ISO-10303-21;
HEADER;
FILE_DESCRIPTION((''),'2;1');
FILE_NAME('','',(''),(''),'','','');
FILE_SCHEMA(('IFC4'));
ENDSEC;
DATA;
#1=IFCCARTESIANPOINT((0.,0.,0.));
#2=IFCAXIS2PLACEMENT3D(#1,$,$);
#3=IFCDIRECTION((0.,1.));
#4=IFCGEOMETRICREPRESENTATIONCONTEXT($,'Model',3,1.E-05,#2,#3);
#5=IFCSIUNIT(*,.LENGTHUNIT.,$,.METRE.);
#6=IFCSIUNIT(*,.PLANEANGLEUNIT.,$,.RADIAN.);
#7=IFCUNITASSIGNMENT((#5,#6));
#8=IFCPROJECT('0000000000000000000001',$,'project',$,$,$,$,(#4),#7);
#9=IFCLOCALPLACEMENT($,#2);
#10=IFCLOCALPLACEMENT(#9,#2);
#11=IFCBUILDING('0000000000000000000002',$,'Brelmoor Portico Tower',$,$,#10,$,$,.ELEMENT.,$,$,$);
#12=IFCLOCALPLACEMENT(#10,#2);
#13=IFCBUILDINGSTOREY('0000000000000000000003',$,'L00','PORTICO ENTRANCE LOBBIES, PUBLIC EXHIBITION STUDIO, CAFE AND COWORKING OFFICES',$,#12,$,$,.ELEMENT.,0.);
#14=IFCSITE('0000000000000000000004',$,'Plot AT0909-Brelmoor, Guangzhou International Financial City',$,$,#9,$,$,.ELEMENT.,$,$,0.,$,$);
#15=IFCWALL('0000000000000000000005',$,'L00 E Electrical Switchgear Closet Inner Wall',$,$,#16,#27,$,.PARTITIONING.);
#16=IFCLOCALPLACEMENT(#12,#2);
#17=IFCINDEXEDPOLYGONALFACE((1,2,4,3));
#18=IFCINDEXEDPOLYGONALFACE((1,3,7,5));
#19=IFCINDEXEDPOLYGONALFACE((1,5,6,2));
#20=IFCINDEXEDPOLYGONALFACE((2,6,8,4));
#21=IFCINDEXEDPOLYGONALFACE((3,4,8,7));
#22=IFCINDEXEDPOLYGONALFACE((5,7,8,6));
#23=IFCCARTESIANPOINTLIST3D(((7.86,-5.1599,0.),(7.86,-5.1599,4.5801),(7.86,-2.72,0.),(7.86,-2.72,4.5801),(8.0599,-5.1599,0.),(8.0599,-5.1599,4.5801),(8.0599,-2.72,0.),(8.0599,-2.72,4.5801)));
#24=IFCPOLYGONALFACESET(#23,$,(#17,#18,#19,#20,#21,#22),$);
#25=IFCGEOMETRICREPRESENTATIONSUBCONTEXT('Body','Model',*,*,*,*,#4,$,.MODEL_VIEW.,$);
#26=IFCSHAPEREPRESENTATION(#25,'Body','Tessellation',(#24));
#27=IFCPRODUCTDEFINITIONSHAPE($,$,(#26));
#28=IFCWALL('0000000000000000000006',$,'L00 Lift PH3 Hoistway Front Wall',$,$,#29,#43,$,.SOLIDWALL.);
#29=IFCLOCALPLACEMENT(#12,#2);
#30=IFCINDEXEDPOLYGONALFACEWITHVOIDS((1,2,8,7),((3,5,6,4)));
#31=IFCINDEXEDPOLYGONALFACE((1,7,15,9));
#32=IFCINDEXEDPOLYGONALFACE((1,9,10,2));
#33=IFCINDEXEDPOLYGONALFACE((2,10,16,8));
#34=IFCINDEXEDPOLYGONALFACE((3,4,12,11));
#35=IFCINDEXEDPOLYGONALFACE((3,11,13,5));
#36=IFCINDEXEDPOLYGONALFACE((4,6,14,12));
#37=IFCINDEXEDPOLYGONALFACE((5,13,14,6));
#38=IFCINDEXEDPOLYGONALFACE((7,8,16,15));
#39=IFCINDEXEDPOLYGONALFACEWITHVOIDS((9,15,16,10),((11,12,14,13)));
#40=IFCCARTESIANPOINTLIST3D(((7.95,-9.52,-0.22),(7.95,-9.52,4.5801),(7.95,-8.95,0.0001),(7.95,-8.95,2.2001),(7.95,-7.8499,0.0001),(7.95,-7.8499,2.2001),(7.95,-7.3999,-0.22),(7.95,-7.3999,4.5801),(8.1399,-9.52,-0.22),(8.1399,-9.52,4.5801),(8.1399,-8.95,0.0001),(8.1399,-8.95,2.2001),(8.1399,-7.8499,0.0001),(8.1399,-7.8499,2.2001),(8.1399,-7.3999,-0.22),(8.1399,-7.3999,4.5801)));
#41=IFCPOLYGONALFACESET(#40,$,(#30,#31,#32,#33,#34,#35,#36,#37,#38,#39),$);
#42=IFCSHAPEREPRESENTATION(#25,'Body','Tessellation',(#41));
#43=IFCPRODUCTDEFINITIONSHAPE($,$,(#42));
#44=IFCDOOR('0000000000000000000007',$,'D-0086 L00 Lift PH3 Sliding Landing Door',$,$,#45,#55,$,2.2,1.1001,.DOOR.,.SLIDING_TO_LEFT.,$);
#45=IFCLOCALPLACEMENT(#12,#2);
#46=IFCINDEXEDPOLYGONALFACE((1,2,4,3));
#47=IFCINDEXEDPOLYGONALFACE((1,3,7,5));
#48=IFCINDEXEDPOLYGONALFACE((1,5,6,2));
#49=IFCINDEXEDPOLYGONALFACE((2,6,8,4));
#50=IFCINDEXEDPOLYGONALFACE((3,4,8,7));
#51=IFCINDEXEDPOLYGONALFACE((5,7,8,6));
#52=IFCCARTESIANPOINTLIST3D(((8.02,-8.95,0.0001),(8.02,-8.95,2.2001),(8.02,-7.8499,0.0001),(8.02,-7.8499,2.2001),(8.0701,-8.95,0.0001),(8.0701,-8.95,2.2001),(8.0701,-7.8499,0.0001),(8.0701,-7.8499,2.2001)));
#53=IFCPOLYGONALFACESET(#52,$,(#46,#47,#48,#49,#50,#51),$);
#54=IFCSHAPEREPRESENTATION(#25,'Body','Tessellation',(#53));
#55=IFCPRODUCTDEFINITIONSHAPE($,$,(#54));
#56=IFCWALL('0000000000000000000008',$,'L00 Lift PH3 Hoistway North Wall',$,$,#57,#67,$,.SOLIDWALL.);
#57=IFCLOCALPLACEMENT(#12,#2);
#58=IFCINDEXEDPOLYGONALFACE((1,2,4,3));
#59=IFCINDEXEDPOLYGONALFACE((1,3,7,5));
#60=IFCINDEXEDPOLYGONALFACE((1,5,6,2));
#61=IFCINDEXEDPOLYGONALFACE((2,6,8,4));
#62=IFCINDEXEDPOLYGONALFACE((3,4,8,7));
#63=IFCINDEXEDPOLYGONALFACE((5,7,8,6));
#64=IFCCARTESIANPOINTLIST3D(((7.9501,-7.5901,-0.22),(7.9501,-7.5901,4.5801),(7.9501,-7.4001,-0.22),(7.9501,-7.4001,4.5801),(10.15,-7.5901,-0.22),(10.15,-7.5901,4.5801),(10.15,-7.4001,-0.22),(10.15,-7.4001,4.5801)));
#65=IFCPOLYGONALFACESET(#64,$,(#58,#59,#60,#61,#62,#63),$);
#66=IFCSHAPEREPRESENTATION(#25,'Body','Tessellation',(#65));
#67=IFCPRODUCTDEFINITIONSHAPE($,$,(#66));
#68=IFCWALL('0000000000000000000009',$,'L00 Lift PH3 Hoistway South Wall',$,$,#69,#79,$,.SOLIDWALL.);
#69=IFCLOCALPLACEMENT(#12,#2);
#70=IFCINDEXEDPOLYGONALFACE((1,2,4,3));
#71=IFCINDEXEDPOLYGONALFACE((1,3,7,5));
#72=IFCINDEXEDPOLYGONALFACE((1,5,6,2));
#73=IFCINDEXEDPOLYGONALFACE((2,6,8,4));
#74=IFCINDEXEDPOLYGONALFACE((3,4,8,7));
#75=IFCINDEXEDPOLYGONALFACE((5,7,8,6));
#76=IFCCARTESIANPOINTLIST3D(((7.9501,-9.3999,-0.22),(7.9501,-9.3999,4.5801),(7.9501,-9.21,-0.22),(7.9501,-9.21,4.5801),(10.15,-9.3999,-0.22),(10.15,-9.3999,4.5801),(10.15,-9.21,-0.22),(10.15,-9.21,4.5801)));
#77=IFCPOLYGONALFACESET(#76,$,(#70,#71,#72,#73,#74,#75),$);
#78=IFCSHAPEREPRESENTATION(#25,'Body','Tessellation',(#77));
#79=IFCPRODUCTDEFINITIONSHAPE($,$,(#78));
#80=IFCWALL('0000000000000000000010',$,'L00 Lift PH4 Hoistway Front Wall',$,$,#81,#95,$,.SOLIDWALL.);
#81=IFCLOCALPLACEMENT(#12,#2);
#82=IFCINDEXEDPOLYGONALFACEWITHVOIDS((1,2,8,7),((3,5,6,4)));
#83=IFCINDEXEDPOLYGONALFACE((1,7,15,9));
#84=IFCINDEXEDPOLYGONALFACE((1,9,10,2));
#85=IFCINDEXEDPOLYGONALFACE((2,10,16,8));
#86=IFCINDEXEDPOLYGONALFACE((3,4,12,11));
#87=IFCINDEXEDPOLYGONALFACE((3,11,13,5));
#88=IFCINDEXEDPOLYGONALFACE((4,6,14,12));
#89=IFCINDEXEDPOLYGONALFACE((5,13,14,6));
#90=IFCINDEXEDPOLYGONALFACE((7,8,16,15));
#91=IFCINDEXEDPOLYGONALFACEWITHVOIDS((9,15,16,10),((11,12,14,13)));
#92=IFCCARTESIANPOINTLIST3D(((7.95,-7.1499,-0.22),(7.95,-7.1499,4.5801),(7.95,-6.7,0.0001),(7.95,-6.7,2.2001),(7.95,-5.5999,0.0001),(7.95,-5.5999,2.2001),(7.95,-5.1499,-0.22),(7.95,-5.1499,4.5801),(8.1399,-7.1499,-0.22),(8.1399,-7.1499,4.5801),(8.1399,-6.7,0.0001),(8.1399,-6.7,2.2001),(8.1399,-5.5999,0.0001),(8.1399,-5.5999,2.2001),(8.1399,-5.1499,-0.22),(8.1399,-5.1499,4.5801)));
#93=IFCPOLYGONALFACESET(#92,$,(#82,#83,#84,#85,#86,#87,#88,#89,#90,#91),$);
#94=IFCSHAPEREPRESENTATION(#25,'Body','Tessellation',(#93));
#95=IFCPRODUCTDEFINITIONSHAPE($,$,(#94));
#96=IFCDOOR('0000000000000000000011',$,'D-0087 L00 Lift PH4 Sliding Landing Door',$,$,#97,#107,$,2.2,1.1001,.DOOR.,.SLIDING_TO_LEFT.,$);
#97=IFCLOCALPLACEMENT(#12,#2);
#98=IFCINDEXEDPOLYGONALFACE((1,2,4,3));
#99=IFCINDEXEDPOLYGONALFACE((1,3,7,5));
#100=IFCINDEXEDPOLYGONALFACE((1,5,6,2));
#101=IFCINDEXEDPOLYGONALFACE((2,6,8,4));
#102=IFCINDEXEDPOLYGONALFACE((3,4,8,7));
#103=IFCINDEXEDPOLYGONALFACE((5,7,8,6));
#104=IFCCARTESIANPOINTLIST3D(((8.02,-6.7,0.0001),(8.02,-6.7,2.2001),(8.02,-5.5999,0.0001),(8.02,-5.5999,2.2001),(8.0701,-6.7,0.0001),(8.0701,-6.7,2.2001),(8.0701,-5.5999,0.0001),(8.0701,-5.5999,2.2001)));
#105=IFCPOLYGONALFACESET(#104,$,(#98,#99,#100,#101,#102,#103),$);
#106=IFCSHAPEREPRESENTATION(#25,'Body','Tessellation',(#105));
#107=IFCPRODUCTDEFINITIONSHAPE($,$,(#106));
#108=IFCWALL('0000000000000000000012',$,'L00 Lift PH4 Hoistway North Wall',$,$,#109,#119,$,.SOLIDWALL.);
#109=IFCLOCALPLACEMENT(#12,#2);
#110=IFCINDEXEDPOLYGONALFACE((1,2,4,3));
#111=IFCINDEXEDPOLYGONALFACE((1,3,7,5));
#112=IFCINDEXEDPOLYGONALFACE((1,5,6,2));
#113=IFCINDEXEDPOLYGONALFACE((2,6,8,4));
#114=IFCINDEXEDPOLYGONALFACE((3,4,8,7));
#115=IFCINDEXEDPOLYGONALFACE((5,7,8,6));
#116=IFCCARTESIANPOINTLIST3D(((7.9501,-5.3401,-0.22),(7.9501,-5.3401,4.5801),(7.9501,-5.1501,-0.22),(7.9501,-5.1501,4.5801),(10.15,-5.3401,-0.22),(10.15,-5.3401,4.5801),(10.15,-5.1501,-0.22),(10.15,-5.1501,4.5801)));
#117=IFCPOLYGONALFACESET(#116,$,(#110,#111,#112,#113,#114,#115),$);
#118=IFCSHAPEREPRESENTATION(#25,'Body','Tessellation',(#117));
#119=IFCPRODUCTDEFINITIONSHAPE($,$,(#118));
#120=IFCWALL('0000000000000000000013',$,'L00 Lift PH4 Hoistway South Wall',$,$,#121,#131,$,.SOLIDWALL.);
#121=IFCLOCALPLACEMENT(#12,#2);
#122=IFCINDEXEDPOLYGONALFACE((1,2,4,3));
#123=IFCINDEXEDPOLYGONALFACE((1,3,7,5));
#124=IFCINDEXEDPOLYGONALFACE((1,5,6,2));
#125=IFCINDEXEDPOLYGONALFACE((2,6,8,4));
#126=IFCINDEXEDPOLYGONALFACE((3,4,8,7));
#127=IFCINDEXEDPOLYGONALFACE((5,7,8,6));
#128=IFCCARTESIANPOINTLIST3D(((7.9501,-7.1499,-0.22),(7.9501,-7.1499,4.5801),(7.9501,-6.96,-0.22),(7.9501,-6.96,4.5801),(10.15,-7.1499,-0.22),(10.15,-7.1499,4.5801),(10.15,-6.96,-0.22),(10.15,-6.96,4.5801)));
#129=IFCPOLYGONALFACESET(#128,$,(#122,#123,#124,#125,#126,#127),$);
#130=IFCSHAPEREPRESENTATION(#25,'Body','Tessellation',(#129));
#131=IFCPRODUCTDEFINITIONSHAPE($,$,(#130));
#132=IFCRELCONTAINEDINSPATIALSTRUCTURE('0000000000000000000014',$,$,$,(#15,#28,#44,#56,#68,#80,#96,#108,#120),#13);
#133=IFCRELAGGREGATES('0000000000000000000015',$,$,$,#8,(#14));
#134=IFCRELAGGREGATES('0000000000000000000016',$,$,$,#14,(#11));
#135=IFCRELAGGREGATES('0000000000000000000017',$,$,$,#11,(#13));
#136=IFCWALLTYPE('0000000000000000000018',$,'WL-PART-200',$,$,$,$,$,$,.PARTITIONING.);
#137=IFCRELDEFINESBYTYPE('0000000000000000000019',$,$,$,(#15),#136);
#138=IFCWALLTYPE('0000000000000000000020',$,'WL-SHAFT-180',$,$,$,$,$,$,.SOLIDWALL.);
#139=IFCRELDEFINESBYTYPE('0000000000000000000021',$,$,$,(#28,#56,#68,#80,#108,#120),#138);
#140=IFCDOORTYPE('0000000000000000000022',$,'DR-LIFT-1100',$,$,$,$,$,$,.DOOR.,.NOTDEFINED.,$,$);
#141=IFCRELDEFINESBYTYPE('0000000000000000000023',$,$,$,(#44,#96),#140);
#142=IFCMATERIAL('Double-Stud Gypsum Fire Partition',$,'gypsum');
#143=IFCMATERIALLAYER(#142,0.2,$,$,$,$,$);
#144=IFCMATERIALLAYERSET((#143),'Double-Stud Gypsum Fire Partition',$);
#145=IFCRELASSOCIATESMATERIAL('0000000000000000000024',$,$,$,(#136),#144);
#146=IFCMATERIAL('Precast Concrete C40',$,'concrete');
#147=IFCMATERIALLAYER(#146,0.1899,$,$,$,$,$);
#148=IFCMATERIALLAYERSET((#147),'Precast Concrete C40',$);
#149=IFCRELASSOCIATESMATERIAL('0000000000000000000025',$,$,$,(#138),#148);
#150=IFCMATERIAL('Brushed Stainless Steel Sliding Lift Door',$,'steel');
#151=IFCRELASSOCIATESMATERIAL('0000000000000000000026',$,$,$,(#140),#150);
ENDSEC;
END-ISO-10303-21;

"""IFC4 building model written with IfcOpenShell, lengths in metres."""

from ifc_helpers import new_model, si_unit, direction, frame, frame_2d, origin, place, context, subcontext, project, spatial, rectangle, extrude, material, layer, layer_set, type_object, element, fill, save


model = new_model("IFC4")

# Units and contexts
model_context = context("Model", 3, precision=1e-05, world=origin(), true_north=direction((0.0, 1.0)))
body_context = subcontext(model_context, "Body", "Model", "MODEL_VIEW")
ifc_project = project(units=[si_unit("LENGTHUNIT", "METRE"), si_unit("PLANEANGLEUNIT", "RADIAN")], contexts=[model_context])

# Site, building, storey
site_placement = place(None, origin())
site = spatial("IfcSite", under=ifc_project, at=site_placement, Name="Plot AT0909-Brelmoor, Guangzhou International Financial City", CompositionType="ELEMENT", RefElevation=0.0)
building_placement = place(site_placement, origin())
building = spatial("IfcBuilding", under=site, at=building_placement, Name="Brelmoor Portico Tower", CompositionType="ELEMENT")
storey_placement = place(building_placement, origin())
storey = spatial("IfcBuildingStorey", under=building, at=storey_placement, Name="L00", Description="PORTICO ENTRANCE LOBBIES, PUBLIC EXHIBITION STUDIO, CAFE AND COWORKING OFFICES", CompositionType="ELEMENT", Elevation=0.0)

# Shared definitions
ifc_material_1 = material(Name="Double-Stud Gypsum Fire Partition", Category="gypsum")
ifc_layer_1 = layer(ifc_material_1, 0.2)
ifc_layer_set_1 = layer_set([ifc_layer_1], Name="Double-Stud Gypsum Fire Partition")
wall_type_1 = type_object("IfcWallType", Name="WL-PART-200", PredefinedType="PARTITIONING", material=ifc_layer_set_1)

# Wall
wall_1_placement = place(storey_placement, frame((7.96, -5.1599, 0.0), z_axis=(0.0, 0.0, 1.0), x_axis=(0.0, 1.0, 0.0)))
element("IfcWall", 1, at=wall_1_placement, inside=storey, type_object=wall_type_1, Name="L00 E Electrical Switchgear Closet Inner Wall", PredefinedType="PARTITIONING", context=body_context, shape_type="SweptSolid", body=[
    extrude(rectangle(XDim=2.4399, YDim=0.2, at=frame_2d((1.22, 0.0))), origin(), (0.0, 0.0, 1.0), 4.5801),
])

# Wall, opening, door
ifc_material_2 = material(Name="Precast Concrete C40", Category="concrete")
ifc_layer_2 = layer(ifc_material_2, 0.1899)
ifc_layer_set_2 = layer_set([ifc_layer_2], Name="Precast Concrete C40")
wall_type_2 = type_object("IfcWallType", Name="WL-SHAFT-180", PredefinedType="SOLIDWALL", material=ifc_layer_set_2)
wall_2_placement = place(storey_placement, frame((8.0449, -9.52, -0.22), z_axis=(0.0, 0.0, 1.0), x_axis=(0.0, 1.0, 0.0)))
wall_2 = element("IfcWall", 2, at=wall_2_placement, inside=storey, type_object=wall_type_2, Name="L00 Lift PH3 Hoistway Front Wall", PredefinedType="SOLIDWALL", context=body_context, shape_type="SweptSolid", body=[
    extrude(rectangle(XDim=2.1201, YDim=0.1899, at=frame_2d((1.0601, 0.0))), origin(), (0.0, 0.0, 1.0), 4.8),
])
opening_1_placement = place(wall_2_placement, frame((0.5701, 0.0, 0.22)))
opening_1 = element("IfcOpeningElement", 3, at=opening_1_placement, cuts=wall_2, PredefinedType="OPENING", context=body_context, shape_type="SweptSolid", body=[
    extrude(rectangle(XDim=1.1001, YDim=2.2, at=frame_2d((0.55, 1.1001))), frame((0.0, 0.105, 0.0), z_axis=(0.0, -1.0, 0.0), x_axis=(1.0, 0.0, 0.0)), (0.0, 0.0, 1.0), 0.21),
])
ifc_material_3 = material(Name="Brushed Stainless Steel Sliding Lift Door", Category="steel")
door_type_1 = type_object("IfcDoorType", Name="DR-LIFT-1100", OperationType="NOTDEFINED", PredefinedType="DOOR", material=ifc_material_3)
door_1_placement = place(opening_1_placement, origin())
door_1 = element("IfcDoor", 4, at=door_1_placement, inside=storey, type_object=door_type_1, Name="D-0086 L00 Lift PH3 Sliding Landing Door", OperationType="SLIDING_TO_LEFT", OverallHeight=2.2, OverallWidth=1.1001, PredefinedType="DOOR", context=body_context, shape_type="SweptSolid", body=[
    extrude(rectangle(XDim=1.1001, YDim=2.2, at=frame_2d((0.55, 1.1001))), frame((0.0, 0.0249, 0.0), z_axis=(0.0, -1.0, 0.0), x_axis=(1.0, 0.0, 0.0)), (0.0, 0.0, 1.0), 0.05),
])
fill(opening_1, door_1)

# Walls
for number, where, z_axis, x_axis, name in (
    (5, (7.95, -7.4951, -0.22), (0.0, 0.0, 1.0), (1.0, 0.0, 0.0), "L00 Lift PH3 Hoistway North Wall"),
    (6, (7.95, -9.3049, -0.22), (0.0, 0.0, 1.0), (1.0, 0.0, 0.0), "L00 Lift PH3 Hoistway South Wall"),
):
    element("IfcWall", number, at=place(storey_placement, frame(where, z_axis=z_axis, x_axis=x_axis)), inside=storey, type_object=wall_type_2, Name=name, PredefinedType="SOLIDWALL", context=body_context, shape_type="SweptSolid", body=[
        extrude(rectangle(XDim=2.2, YDim=0.1899, at=frame_2d((1.1001, 0.0))), origin(), (0.0, 0.0, 1.0), 4.8),
    ])

# Wall, opening, door
wall_3_placement = place(storey_placement, frame((8.0449, -7.1499, -0.22), z_axis=(0.0, 0.0, 1.0), x_axis=(0.0, 1.0, 0.0)))
wall_3 = element("IfcWall", 7, at=wall_3_placement, inside=storey, type_object=wall_type_2, Name="L00 Lift PH4 Hoistway Front Wall", PredefinedType="SOLIDWALL", context=body_context, shape_type="SweptSolid", body=[
    extrude(rectangle(XDim=2.0, YDim=0.1899, at=frame_2d((1.0, 0.0))), origin(), (0.0, 0.0, 1.0), 4.8),
])
opening_2_placement = place(wall_3_placement, frame((0.45, 0.0, 0.22)))
opening_2 = element("IfcOpeningElement", 8, at=opening_2_placement, cuts=wall_3, PredefinedType="OPENING", context=body_context, shape_type="SweptSolid", body=[
    extrude(rectangle(XDim=1.1001, YDim=2.2, at=frame_2d((0.55, 1.1001))), frame((0.0, 0.105, 0.0), z_axis=(0.0, -1.0, 0.0), x_axis=(1.0, 0.0, 0.0)), (0.0, 0.0, 1.0), 0.21),
])
door_2_placement = place(opening_2_placement, origin())
door_2 = element("IfcDoor", 9, at=door_2_placement, inside=storey, type_object=door_type_1, Name="D-0087 L00 Lift PH4 Sliding Landing Door", OperationType="SLIDING_TO_LEFT", OverallHeight=2.2, OverallWidth=1.1001, PredefinedType="DOOR", context=body_context, shape_type="SweptSolid", body=[
    extrude(rectangle(XDim=1.1001, YDim=2.2, at=frame_2d((0.55, 1.1001))), frame((0.0, 0.0249, 0.0), z_axis=(0.0, -1.0, 0.0), x_axis=(1.0, 0.0, 0.0)), (0.0, 0.0, 1.0), 0.05),
])
fill(opening_2, door_2)

# Walls
for number, where, z_axis, x_axis, name in (
    (10, (7.95, -5.2451, -0.22), (0.0, 0.0, 1.0), (1.0, 0.0, 0.0), "L00 Lift PH4 Hoistway North Wall"),
    (11, (7.95, -7.0549, -0.22), (0.0, 0.0, 1.0), (1.0, 0.0, 0.0), "L00 Lift PH4 Hoistway South Wall"),
):
    element("IfcWall", number, at=place(storey_placement, frame(where, z_axis=z_axis, x_axis=x_axis)), inside=storey, type_object=wall_type_2, Name=name, PredefinedType="SOLIDWALL", context=body_context, shape_type="SweptSolid", body=[
        extrude(rectangle(XDim=2.2, YDim=0.1899, at=frame_2d((1.1001, 0.0))), origin(), (0.0, 0.0, 1.0), 4.8),
    ])

save(model, "model.ifc")
